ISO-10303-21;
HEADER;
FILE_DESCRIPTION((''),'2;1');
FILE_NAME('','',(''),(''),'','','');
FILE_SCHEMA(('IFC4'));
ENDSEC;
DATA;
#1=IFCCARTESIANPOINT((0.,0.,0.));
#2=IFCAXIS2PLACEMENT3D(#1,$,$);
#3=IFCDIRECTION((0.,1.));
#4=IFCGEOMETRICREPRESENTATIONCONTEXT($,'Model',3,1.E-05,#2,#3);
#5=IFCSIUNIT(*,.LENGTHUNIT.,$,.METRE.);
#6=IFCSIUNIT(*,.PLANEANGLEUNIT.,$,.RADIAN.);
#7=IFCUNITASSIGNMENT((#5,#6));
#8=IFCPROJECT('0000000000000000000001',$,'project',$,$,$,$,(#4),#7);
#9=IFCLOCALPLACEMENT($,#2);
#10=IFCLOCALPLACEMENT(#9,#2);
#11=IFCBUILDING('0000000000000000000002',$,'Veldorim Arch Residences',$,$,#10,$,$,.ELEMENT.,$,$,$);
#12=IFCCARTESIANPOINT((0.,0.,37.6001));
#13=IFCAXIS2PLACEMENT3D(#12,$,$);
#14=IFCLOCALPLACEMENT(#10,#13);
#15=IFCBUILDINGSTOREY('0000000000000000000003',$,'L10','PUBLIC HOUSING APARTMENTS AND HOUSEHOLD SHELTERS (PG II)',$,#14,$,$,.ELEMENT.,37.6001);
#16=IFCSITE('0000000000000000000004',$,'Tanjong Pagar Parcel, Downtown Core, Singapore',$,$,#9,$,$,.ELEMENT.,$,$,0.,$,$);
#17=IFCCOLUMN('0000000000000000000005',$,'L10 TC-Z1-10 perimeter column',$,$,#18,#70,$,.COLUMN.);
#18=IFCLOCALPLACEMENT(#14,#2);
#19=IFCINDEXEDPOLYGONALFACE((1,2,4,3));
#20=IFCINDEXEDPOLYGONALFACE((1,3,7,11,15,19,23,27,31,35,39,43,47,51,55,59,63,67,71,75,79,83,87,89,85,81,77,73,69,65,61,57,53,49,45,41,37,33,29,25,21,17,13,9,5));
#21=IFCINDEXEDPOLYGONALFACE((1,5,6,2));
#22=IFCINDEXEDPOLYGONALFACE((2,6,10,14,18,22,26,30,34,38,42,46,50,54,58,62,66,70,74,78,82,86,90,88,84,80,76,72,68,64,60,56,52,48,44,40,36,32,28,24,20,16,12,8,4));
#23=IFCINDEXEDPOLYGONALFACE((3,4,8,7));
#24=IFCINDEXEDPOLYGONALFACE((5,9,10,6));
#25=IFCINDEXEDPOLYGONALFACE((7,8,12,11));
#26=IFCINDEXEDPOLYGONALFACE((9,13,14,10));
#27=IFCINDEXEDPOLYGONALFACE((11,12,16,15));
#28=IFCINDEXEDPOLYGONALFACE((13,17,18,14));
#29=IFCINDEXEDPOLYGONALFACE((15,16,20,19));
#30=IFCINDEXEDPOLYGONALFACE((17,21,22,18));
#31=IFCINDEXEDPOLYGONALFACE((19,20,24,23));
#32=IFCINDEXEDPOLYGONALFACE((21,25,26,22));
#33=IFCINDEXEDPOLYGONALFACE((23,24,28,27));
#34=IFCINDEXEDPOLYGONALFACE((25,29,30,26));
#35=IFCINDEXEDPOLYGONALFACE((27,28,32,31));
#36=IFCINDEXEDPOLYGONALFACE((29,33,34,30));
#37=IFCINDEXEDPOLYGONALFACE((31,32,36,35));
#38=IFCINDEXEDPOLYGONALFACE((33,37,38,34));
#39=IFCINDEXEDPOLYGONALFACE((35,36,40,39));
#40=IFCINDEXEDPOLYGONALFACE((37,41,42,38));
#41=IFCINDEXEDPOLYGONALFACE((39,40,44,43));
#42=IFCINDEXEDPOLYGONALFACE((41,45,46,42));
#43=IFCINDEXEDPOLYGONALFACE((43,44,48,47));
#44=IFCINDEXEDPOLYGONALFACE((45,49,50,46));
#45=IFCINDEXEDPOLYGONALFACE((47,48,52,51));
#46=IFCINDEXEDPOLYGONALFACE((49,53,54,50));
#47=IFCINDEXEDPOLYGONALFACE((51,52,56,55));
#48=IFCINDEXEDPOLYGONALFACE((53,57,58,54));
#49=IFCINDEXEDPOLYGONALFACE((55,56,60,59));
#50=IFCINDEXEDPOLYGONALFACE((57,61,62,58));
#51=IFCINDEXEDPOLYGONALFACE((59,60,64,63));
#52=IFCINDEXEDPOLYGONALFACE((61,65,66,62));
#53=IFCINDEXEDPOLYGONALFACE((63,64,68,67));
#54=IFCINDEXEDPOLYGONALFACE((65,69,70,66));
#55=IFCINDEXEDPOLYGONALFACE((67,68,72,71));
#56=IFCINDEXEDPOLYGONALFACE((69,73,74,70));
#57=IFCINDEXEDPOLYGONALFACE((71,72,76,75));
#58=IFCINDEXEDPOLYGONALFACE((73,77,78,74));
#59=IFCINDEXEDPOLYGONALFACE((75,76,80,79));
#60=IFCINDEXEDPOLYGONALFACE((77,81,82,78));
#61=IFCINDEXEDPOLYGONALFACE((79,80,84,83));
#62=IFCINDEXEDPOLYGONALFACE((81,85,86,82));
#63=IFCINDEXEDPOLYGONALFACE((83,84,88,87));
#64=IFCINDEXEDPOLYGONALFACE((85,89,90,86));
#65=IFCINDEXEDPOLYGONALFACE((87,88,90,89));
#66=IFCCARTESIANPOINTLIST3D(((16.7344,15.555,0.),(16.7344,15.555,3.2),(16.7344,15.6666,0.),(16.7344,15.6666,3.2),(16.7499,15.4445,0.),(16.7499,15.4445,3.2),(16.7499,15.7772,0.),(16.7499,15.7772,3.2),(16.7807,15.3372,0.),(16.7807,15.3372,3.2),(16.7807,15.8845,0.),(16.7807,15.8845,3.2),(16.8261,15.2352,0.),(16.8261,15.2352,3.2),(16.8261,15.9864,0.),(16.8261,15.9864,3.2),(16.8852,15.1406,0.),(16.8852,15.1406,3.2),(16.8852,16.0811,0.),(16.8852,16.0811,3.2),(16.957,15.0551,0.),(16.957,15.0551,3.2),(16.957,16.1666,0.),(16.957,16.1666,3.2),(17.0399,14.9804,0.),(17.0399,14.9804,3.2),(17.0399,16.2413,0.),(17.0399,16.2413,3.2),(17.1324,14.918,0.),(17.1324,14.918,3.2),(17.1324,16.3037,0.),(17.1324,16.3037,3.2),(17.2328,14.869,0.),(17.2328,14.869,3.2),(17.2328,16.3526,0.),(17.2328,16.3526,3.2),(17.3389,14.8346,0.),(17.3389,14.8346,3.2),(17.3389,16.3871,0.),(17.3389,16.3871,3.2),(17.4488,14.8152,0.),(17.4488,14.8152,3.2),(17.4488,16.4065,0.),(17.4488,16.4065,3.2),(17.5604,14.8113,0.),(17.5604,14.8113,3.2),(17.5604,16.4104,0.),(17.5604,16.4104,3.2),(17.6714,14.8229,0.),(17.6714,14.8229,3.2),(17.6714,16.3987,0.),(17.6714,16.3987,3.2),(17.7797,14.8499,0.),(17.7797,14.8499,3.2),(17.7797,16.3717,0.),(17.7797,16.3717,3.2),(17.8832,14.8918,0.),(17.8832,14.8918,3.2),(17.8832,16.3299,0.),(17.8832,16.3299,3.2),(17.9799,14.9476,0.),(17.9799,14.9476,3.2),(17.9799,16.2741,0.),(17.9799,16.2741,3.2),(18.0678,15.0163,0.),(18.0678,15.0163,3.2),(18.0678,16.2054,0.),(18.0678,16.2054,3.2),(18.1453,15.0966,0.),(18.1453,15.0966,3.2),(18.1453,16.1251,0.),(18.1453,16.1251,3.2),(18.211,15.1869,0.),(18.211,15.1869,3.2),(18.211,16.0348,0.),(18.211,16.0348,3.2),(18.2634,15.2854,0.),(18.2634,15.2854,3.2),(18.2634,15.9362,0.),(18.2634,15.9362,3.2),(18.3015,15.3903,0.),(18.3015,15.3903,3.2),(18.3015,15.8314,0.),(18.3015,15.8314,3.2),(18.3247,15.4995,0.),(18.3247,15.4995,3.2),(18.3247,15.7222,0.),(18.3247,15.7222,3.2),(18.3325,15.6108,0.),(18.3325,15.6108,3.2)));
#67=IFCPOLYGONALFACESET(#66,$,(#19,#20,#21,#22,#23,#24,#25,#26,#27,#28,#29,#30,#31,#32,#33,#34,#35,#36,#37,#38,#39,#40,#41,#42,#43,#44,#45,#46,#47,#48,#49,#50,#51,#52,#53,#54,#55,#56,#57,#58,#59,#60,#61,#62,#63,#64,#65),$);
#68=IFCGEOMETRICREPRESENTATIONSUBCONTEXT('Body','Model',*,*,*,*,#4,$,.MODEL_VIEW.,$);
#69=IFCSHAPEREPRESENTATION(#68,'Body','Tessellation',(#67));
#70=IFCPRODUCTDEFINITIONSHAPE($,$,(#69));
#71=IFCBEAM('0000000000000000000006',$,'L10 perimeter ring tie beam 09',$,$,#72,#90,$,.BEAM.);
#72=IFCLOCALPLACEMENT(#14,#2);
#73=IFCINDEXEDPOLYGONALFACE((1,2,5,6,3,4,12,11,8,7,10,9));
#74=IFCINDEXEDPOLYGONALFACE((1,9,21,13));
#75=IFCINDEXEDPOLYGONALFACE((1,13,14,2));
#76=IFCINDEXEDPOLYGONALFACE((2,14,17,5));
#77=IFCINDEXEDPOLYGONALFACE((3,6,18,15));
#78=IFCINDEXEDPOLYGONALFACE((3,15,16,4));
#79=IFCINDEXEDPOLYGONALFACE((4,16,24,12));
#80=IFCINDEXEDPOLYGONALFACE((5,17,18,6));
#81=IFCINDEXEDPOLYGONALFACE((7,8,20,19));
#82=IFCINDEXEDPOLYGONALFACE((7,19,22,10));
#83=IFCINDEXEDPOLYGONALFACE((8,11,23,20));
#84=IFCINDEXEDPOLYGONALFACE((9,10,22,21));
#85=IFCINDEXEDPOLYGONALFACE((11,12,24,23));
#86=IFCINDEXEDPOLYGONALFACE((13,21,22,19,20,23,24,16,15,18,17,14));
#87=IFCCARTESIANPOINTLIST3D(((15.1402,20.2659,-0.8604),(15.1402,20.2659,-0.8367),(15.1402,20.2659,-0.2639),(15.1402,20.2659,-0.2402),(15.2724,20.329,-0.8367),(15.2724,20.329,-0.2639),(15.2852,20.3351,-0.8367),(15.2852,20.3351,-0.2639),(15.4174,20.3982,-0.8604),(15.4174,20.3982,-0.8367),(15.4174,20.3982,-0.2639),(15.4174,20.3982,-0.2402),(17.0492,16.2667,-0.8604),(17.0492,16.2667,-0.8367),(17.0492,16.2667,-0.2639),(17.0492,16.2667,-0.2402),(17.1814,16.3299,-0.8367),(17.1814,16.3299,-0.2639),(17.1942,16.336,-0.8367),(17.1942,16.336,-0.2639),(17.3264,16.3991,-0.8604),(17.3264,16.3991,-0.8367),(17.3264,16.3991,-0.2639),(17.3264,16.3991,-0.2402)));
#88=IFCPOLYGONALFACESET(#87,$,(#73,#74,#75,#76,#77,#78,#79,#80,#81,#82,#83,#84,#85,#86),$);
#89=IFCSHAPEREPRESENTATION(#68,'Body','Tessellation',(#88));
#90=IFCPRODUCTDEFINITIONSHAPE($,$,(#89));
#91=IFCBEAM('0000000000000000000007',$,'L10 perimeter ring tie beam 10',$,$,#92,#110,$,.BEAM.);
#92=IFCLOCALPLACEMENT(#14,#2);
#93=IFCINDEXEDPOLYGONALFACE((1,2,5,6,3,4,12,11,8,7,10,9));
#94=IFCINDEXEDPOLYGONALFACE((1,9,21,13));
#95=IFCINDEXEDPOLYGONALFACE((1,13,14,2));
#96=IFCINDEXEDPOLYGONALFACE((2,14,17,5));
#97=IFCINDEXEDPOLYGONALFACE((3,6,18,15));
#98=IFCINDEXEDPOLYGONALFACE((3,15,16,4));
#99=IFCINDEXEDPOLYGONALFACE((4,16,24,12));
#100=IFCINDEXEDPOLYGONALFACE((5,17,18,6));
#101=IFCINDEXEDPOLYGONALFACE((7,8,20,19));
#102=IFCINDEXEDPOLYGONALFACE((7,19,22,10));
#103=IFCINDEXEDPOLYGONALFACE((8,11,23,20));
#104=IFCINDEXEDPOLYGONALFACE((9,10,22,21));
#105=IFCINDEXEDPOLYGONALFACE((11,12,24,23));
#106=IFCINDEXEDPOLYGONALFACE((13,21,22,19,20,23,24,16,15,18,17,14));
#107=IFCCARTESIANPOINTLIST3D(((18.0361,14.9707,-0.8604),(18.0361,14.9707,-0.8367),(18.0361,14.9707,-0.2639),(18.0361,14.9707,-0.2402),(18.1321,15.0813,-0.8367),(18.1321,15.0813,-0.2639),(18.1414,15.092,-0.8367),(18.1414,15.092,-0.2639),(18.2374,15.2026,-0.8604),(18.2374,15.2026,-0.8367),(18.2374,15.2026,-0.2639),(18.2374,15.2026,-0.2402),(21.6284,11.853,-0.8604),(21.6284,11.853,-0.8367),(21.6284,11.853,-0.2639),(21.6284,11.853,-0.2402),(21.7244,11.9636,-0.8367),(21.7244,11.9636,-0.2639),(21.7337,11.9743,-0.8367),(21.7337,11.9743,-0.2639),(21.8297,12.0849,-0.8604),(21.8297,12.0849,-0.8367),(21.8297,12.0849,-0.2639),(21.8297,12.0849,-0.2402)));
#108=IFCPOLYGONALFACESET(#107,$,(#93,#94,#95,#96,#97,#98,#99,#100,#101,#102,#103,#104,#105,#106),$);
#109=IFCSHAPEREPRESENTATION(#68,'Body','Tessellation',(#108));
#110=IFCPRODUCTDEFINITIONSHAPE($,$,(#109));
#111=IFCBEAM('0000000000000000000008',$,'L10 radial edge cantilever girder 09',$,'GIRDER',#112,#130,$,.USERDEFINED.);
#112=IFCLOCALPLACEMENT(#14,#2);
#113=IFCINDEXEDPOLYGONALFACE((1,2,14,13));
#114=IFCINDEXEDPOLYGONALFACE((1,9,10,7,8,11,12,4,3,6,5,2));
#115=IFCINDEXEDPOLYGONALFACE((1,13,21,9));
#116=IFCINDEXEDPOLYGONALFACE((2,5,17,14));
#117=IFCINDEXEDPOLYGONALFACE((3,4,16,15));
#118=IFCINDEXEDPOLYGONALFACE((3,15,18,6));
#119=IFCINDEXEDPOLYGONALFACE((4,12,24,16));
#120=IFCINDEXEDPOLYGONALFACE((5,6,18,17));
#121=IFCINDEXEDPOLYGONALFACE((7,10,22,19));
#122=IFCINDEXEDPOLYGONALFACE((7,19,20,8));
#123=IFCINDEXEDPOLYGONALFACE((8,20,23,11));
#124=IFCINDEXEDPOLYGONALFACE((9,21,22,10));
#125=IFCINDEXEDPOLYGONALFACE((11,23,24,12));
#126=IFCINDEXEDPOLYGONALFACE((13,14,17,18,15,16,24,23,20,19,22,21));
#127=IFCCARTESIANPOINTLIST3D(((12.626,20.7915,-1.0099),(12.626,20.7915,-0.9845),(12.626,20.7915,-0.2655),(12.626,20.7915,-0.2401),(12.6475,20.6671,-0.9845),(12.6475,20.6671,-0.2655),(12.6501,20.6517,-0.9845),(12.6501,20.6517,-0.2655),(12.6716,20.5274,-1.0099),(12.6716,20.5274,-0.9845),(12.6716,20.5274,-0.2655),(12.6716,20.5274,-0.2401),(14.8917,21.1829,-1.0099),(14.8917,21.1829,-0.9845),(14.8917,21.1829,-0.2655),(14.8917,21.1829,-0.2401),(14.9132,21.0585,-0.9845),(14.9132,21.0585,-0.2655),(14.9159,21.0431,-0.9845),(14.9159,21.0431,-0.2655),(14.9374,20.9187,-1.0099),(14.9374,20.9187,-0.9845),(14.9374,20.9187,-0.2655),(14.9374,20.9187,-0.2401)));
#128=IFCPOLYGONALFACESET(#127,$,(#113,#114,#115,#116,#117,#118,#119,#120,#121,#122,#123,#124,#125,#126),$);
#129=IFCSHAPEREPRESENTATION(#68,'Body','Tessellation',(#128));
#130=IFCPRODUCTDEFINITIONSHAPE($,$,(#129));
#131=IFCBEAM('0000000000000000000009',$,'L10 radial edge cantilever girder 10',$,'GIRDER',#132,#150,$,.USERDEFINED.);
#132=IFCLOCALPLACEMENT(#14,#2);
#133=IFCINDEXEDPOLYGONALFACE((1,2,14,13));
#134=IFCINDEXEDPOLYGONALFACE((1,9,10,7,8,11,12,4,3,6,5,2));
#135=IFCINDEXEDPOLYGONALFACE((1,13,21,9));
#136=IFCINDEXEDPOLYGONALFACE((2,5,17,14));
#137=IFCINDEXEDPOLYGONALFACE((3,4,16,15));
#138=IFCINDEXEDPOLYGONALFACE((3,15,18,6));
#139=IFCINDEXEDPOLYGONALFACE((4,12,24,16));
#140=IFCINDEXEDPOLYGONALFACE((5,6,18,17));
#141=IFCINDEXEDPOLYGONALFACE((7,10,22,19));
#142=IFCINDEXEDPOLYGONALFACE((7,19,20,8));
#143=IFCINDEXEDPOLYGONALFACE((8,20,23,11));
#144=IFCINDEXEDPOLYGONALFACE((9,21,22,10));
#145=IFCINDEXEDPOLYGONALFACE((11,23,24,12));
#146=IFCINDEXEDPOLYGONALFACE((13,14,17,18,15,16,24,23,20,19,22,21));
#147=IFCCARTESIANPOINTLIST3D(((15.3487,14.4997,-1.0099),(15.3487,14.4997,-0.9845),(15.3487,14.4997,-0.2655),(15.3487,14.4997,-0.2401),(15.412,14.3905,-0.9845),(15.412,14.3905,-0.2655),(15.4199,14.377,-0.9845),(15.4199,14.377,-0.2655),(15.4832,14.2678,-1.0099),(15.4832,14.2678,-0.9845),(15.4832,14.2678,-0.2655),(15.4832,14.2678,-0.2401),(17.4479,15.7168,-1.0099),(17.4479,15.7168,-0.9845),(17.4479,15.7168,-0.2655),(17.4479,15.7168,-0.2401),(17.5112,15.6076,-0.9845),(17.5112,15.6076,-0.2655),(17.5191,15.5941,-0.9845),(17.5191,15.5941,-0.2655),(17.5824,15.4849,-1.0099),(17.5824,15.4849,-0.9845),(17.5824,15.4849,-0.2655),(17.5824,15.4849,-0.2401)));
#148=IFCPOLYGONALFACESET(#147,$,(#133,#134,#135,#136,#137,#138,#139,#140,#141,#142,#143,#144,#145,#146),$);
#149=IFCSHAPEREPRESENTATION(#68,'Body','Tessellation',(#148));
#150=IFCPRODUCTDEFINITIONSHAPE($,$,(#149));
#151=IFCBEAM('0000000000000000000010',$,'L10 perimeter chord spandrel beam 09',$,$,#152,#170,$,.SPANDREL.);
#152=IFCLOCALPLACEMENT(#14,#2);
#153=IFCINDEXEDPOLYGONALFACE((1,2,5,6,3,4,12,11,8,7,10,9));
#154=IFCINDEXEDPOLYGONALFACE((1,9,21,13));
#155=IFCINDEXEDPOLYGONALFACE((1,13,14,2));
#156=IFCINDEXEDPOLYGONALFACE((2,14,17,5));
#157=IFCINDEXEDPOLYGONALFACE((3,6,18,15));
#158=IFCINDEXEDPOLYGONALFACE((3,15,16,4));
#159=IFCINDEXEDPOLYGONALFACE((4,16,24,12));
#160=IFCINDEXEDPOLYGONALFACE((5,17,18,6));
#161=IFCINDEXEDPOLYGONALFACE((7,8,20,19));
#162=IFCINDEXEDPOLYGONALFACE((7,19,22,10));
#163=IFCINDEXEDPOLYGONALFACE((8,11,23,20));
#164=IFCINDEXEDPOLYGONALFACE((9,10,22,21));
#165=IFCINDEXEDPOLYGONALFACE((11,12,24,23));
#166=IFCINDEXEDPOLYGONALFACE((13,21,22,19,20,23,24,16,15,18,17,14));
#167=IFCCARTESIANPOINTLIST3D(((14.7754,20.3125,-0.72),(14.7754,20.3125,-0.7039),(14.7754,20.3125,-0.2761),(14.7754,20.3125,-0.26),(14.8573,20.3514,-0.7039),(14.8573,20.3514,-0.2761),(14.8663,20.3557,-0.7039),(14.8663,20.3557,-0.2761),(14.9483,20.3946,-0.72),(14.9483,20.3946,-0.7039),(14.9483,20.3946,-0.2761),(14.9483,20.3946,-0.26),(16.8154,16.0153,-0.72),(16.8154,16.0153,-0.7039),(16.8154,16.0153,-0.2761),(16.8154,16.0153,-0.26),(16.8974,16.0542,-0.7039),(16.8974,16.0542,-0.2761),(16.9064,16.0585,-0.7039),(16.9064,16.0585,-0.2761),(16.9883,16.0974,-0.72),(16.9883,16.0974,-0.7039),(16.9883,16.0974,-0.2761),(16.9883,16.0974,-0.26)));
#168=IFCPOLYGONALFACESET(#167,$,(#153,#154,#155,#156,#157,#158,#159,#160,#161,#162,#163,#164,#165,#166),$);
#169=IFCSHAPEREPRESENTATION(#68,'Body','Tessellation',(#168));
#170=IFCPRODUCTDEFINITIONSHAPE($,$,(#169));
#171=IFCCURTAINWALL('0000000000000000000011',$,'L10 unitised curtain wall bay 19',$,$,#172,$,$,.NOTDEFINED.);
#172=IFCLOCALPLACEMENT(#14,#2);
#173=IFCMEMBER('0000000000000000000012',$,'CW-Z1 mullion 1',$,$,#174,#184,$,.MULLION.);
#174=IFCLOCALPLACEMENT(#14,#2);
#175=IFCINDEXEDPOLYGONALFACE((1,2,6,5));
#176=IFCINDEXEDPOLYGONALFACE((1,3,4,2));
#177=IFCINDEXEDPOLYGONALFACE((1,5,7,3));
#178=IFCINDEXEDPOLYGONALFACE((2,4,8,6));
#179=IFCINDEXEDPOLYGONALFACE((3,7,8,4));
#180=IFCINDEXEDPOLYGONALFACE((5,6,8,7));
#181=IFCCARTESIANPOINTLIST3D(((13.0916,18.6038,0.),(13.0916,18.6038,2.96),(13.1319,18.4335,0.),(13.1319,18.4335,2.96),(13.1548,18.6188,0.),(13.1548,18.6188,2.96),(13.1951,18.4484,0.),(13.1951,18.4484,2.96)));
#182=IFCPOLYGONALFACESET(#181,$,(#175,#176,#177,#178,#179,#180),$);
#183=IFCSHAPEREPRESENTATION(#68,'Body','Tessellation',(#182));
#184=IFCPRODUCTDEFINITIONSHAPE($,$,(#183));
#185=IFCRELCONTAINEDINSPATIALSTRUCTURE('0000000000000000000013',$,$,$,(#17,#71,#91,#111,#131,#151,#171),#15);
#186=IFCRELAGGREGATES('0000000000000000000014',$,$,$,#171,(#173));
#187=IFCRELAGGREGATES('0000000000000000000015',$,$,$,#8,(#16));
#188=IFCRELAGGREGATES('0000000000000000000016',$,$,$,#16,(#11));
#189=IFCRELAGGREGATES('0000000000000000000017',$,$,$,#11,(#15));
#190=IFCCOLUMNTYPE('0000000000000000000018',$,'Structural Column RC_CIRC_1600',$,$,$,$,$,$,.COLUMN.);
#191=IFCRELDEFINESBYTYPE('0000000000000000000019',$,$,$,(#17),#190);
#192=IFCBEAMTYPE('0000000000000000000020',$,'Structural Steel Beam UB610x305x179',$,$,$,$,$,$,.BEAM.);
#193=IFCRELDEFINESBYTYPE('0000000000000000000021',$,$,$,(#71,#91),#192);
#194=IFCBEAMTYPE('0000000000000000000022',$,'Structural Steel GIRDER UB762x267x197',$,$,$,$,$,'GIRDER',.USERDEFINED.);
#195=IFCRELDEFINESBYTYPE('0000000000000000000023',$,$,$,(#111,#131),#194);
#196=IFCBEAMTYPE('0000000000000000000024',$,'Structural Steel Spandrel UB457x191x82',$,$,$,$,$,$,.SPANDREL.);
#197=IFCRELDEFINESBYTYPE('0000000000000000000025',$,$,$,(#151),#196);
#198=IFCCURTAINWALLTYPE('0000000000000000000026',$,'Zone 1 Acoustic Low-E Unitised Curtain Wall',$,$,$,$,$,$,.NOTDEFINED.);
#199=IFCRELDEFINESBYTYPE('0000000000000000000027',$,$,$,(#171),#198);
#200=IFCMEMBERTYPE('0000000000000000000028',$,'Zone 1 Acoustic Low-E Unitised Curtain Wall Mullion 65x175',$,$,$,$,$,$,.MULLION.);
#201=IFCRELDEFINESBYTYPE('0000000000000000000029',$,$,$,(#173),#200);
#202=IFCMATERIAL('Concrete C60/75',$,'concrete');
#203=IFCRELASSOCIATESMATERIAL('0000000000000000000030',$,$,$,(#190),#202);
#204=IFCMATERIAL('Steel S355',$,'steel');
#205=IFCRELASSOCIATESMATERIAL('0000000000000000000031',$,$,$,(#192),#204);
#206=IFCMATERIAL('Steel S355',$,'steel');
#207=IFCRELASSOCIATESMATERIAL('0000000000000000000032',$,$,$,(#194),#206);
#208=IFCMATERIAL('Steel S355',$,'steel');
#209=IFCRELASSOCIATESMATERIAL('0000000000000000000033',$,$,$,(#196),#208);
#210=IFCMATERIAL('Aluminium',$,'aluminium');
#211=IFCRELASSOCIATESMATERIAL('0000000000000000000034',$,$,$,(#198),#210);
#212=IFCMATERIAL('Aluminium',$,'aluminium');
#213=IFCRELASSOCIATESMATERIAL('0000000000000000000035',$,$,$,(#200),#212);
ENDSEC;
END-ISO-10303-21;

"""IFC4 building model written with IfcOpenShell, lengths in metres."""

from ifc_helpers import new_model, si_unit, direction, frame, origin, origin_2d, place, context, subcontext, project, spatial, rectangle, circle, i_section, extrude, material, material_profile, profile_set, type_object, element, aggregate, save


model = new_model("IFC4")

# Units and contexts
model_context = context("Model", 3, precision=1e-05, world=origin(), true_north=direction((0.0, 1.0)))
body_context = subcontext(model_context, "Body", "Model", "MODEL_VIEW")
ifc_project = project(units=[si_unit("LENGTHUNIT", "METRE"), si_unit("PLANEANGLEUNIT", "RADIAN")], contexts=[model_context])

# Site, building, storey
site_placement = place(None, origin())
site = spatial("IfcSite", under=ifc_project, at=site_placement, Name="Tanjong Pagar Parcel, Downtown Core, Singapore", CompositionType="ELEMENT", RefElevation=0.0)
building_placement = place(site_placement, origin())
building = spatial("IfcBuilding", under=site, at=building_placement, Name="Veldorim Arch Residences", CompositionType="ELEMENT")
storey_placement = place(building_placement, frame((0.0, 0.0, 37.6001)))
storey = spatial("IfcBuildingStorey", under=building, at=storey_placement, Name="L10", Description="PUBLIC HOUSING APARTMENTS AND HOUSEHOLD SHELTERS (PG II)", CompositionType="ELEMENT", Elevation=37.6001)

# Column
ifc_material_1 = material(Name="Concrete C60/75", Category="concrete")
ifc_material_profile_1 = material_profile(ifc_material_1, circle(Radius=0.8, at=origin_2d()), Name="RC_CIRC_1600")
ifc_profile_set_1 = profile_set([ifc_material_profile_1], Name="Concrete C60/75")
column_type = type_object("IfcColumnType", Name="Structural Column RC_CIRC_1600", PredefinedType="COLUMN", material=ifc_profile_set_1)
column_placement = place(storey_placement, frame((17.5325, 15.6108, 0.0), z_axis=(0.0, 0.0, 1.0), x_axis=(1.0, 0.0, 0.0)))
element("IfcColumn", 1, at=column_placement, inside=storey, type_object=column_type, Name="L10 TC-Z1-10 perimeter column", PredefinedType="COLUMN", context=body_context, shape_type="SweptSolid", body=[
    extrude(circle(Radius=0.8, at=origin_2d()), origin(), (0.0, 0.0, 1.0), 3.2),
])

# Beams
ifc_material_2 = material(Name="Steel S355", Category="steel")
ifc_material_profile_2 = material_profile(ifc_material_2, i_section(OverallWidth=0.3071, OverallDepth=0.6201, WebThickness=0.0142, FlangeThickness=0.0237, at=origin_2d()), Name="UB610x305x179")
ifc_profile_set_2 = profile_set([ifc_material_profile_2], Name="Steel S355")
beam_type_1 = type_object("IfcBeamType", Name="Structural Steel Beam UB610x305x179", PredefinedType="BEAM", material=ifc_profile_set_2)
beam_1_placement = place(storey_placement, frame((15.2788, 20.332, -0.5503), z_axis=(0.430787, -0.902454, 0.0), x_axis=(0.902454, 0.430787, 0.0)))
element("IfcBeam", 2, at=beam_1_placement, inside=storey, type_object=beam_type_1, Name="L10 perimeter ring tie beam 09", PredefinedType="BEAM", context=body_context, shape_type="SweptSolid", body=[
    extrude(i_section(OverallWidth=0.3071, OverallDepth=0.6201, WebThickness=0.0142, FlangeThickness=0.0237, at=origin_2d()), origin(), (0.0, 0.0, 1.0), 4.4314),
])
beam_2_placement = place(storey_placement, frame((18.1367, 15.0867, -0.5503), z_axis=(0.755235, -0.655454, 0.0), x_axis=(0.655454, 0.755235, 0.0)))
element("IfcBeam", 3, at=beam_2_placement, inside=storey, type_object=beam_type_1, Name="L10 perimeter ring tie beam 10", PredefinedType="BEAM", context=body_context, shape_type="SweptSolid", body=[
    extrude(i_section(OverallWidth=0.3071, OverallDepth=0.6201, WebThickness=0.0142, FlangeThickness=0.0237, at=origin_2d()), origin(), (0.0, 0.0, 1.0), 4.7566),
])
ifc_material_3 = material(Name="Steel S355", Category="steel")
ifc_material_profile_3 = material_profile(ifc_material_3, i_section(OverallWidth=0.2681, OverallDepth=0.7698, WebThickness=0.0156, FlangeThickness=0.0254, at=origin_2d()), Name="UB762x267x197")
ifc_profile_set_3 = profile_set([ifc_material_profile_3], Name="Steel S355")
beam_type_2 = type_object("IfcBeamType", Name="Structural Steel GIRDER UB762x267x197", ElementType="GIRDER", PredefinedType="USERDEFINED", material=ifc_profile_set_3)
beam_3_placement = place(storey_placement, frame((14.9146, 21.0508, -0.625), z_axis=(-0.98541, -0.170198, 0.0), x_axis=(0.170198, -0.98541, 0.0)))
element("IfcBeam", 4, at=beam_3_placement, inside=storey, type_object=beam_type_2, Name="L10 radial edge cantilever girder 09", ObjectType="GIRDER", PredefinedType="USERDEFINED", context=body_context, shape_type="SweptSolid", body=[
    extrude(i_section(OverallWidth=0.2681, OverallDepth=0.7698, WebThickness=0.0156, FlangeThickness=0.0254, at=origin_2d()), origin(), (0.0, 0.0, 1.0), 2.2993),
])
beam_4_placement = place(storey_placement, frame((17.5151, 15.6008, -0.625), z_axis=(-0.865112, -0.50158, 0.0), x_axis=(0.50158, -0.865112, 0.0)))
element("IfcBeam", 5, at=beam_4_placement, inside=storey, type_object=beam_type_2, Name="L10 radial edge cantilever girder 10", ObjectType="GIRDER", PredefinedType="USERDEFINED", context=body_context, shape_type="SweptSolid", body=[
    extrude(i_section(OverallWidth=0.2681, OverallDepth=0.7698, WebThickness=0.0156, FlangeThickness=0.0254, at=origin_2d()), origin(), (0.0, 0.0, 1.0), 2.4265),
])
ifc_material_4 = material(Name="Steel S355", Category="steel")
ifc_material_profile_4 = material_profile(ifc_material_4, i_section(OverallWidth=0.1914, OverallDepth=0.46, WebThickness=0.01, FlangeThickness=0.0161, at=origin_2d()), Name="UB457x191x82")
ifc_profile_set_4 = profile_set([ifc_material_profile_4], Name="Steel S355")
beam_type_3 = type_object("IfcBeamType", Name="Structural Steel Spandrel UB457x191x82", PredefinedType="SPANDREL", material=ifc_profile_set_4)
beam_5_placement = place(storey_placement, frame((14.8618, 20.3535, -0.49), z_axis=(0.428869, -0.903366, 0.0), x_axis=(0.903366, 0.428869, 0.0)))
element("IfcBeam", 6, at=beam_5_placement, inside=storey, type_object=beam_type_3, Name="L10 perimeter chord spandrel beam 09", PredefinedType="SPANDREL", context=body_context, shape_type="SweptSolid", body=[
    extrude(i_section(OverallWidth=0.1914, OverallDepth=0.46, WebThickness=0.01, FlangeThickness=0.0161, at=origin_2d()), origin(), (0.0, 0.0, 1.0), 4.7568),
])

# Curtain wall, member
ifc_material_5 = material(Name="Aluminium", Category="aluminium")
curtain_wall_type = type_object("IfcCurtainWallType", Name="Zone 1 Acoustic Low-E Unitised Curtain Wall", PredefinedType="NOTDEFINED", material=ifc_material_5)
curtain_wall_placement = place(storey_placement, origin())
curtain_wall = element("IfcCurtainWall", 7, at=curtain_wall_placement, inside=storey, type_object=curtain_wall_type, Name="L10 unitised curtain wall bay 19", PredefinedType="NOTDEFINED")
ifc_material_6 = material(Name="Aluminium", Category="aluminium")
ifc_material_profile_5 = material_profile(ifc_material_6, rectangle(XDim=0.0649, YDim=0.175, at=origin_2d()), Name="ALU_MUL_65x175")
ifc_profile_set_5 = profile_set([ifc_material_profile_5], Name="Aluminium")
member_type_1 = type_object("IfcMemberType", Name="Zone 1 Acoustic Low-E Unitised Curtain Wall Mullion 65x175", PredefinedType="MULLION", material=ifc_profile_set_5)
member_1_placement = place(storey_placement, frame((13.1433, 18.5261, 0.0), z_axis=(0.0, 0.0, 1.0), x_axis=(-0.97313, -0.230257, 0.0)))
member_1 = element("IfcMember", 8, at=member_1_placement, type_object=member_type_1, Name="CW-Z1 mullion 1", PredefinedType="MULLION", context=body_context, shape_type="SweptSolid", body=[
    extrude(rectangle(XDim=0.0649, YDim=0.175, at=origin_2d()), origin(), (0.0, 0.0, 1.0), 2.96),
])
aggregate(curtain_wall, [member_1])

save(model, "model.ifc")
